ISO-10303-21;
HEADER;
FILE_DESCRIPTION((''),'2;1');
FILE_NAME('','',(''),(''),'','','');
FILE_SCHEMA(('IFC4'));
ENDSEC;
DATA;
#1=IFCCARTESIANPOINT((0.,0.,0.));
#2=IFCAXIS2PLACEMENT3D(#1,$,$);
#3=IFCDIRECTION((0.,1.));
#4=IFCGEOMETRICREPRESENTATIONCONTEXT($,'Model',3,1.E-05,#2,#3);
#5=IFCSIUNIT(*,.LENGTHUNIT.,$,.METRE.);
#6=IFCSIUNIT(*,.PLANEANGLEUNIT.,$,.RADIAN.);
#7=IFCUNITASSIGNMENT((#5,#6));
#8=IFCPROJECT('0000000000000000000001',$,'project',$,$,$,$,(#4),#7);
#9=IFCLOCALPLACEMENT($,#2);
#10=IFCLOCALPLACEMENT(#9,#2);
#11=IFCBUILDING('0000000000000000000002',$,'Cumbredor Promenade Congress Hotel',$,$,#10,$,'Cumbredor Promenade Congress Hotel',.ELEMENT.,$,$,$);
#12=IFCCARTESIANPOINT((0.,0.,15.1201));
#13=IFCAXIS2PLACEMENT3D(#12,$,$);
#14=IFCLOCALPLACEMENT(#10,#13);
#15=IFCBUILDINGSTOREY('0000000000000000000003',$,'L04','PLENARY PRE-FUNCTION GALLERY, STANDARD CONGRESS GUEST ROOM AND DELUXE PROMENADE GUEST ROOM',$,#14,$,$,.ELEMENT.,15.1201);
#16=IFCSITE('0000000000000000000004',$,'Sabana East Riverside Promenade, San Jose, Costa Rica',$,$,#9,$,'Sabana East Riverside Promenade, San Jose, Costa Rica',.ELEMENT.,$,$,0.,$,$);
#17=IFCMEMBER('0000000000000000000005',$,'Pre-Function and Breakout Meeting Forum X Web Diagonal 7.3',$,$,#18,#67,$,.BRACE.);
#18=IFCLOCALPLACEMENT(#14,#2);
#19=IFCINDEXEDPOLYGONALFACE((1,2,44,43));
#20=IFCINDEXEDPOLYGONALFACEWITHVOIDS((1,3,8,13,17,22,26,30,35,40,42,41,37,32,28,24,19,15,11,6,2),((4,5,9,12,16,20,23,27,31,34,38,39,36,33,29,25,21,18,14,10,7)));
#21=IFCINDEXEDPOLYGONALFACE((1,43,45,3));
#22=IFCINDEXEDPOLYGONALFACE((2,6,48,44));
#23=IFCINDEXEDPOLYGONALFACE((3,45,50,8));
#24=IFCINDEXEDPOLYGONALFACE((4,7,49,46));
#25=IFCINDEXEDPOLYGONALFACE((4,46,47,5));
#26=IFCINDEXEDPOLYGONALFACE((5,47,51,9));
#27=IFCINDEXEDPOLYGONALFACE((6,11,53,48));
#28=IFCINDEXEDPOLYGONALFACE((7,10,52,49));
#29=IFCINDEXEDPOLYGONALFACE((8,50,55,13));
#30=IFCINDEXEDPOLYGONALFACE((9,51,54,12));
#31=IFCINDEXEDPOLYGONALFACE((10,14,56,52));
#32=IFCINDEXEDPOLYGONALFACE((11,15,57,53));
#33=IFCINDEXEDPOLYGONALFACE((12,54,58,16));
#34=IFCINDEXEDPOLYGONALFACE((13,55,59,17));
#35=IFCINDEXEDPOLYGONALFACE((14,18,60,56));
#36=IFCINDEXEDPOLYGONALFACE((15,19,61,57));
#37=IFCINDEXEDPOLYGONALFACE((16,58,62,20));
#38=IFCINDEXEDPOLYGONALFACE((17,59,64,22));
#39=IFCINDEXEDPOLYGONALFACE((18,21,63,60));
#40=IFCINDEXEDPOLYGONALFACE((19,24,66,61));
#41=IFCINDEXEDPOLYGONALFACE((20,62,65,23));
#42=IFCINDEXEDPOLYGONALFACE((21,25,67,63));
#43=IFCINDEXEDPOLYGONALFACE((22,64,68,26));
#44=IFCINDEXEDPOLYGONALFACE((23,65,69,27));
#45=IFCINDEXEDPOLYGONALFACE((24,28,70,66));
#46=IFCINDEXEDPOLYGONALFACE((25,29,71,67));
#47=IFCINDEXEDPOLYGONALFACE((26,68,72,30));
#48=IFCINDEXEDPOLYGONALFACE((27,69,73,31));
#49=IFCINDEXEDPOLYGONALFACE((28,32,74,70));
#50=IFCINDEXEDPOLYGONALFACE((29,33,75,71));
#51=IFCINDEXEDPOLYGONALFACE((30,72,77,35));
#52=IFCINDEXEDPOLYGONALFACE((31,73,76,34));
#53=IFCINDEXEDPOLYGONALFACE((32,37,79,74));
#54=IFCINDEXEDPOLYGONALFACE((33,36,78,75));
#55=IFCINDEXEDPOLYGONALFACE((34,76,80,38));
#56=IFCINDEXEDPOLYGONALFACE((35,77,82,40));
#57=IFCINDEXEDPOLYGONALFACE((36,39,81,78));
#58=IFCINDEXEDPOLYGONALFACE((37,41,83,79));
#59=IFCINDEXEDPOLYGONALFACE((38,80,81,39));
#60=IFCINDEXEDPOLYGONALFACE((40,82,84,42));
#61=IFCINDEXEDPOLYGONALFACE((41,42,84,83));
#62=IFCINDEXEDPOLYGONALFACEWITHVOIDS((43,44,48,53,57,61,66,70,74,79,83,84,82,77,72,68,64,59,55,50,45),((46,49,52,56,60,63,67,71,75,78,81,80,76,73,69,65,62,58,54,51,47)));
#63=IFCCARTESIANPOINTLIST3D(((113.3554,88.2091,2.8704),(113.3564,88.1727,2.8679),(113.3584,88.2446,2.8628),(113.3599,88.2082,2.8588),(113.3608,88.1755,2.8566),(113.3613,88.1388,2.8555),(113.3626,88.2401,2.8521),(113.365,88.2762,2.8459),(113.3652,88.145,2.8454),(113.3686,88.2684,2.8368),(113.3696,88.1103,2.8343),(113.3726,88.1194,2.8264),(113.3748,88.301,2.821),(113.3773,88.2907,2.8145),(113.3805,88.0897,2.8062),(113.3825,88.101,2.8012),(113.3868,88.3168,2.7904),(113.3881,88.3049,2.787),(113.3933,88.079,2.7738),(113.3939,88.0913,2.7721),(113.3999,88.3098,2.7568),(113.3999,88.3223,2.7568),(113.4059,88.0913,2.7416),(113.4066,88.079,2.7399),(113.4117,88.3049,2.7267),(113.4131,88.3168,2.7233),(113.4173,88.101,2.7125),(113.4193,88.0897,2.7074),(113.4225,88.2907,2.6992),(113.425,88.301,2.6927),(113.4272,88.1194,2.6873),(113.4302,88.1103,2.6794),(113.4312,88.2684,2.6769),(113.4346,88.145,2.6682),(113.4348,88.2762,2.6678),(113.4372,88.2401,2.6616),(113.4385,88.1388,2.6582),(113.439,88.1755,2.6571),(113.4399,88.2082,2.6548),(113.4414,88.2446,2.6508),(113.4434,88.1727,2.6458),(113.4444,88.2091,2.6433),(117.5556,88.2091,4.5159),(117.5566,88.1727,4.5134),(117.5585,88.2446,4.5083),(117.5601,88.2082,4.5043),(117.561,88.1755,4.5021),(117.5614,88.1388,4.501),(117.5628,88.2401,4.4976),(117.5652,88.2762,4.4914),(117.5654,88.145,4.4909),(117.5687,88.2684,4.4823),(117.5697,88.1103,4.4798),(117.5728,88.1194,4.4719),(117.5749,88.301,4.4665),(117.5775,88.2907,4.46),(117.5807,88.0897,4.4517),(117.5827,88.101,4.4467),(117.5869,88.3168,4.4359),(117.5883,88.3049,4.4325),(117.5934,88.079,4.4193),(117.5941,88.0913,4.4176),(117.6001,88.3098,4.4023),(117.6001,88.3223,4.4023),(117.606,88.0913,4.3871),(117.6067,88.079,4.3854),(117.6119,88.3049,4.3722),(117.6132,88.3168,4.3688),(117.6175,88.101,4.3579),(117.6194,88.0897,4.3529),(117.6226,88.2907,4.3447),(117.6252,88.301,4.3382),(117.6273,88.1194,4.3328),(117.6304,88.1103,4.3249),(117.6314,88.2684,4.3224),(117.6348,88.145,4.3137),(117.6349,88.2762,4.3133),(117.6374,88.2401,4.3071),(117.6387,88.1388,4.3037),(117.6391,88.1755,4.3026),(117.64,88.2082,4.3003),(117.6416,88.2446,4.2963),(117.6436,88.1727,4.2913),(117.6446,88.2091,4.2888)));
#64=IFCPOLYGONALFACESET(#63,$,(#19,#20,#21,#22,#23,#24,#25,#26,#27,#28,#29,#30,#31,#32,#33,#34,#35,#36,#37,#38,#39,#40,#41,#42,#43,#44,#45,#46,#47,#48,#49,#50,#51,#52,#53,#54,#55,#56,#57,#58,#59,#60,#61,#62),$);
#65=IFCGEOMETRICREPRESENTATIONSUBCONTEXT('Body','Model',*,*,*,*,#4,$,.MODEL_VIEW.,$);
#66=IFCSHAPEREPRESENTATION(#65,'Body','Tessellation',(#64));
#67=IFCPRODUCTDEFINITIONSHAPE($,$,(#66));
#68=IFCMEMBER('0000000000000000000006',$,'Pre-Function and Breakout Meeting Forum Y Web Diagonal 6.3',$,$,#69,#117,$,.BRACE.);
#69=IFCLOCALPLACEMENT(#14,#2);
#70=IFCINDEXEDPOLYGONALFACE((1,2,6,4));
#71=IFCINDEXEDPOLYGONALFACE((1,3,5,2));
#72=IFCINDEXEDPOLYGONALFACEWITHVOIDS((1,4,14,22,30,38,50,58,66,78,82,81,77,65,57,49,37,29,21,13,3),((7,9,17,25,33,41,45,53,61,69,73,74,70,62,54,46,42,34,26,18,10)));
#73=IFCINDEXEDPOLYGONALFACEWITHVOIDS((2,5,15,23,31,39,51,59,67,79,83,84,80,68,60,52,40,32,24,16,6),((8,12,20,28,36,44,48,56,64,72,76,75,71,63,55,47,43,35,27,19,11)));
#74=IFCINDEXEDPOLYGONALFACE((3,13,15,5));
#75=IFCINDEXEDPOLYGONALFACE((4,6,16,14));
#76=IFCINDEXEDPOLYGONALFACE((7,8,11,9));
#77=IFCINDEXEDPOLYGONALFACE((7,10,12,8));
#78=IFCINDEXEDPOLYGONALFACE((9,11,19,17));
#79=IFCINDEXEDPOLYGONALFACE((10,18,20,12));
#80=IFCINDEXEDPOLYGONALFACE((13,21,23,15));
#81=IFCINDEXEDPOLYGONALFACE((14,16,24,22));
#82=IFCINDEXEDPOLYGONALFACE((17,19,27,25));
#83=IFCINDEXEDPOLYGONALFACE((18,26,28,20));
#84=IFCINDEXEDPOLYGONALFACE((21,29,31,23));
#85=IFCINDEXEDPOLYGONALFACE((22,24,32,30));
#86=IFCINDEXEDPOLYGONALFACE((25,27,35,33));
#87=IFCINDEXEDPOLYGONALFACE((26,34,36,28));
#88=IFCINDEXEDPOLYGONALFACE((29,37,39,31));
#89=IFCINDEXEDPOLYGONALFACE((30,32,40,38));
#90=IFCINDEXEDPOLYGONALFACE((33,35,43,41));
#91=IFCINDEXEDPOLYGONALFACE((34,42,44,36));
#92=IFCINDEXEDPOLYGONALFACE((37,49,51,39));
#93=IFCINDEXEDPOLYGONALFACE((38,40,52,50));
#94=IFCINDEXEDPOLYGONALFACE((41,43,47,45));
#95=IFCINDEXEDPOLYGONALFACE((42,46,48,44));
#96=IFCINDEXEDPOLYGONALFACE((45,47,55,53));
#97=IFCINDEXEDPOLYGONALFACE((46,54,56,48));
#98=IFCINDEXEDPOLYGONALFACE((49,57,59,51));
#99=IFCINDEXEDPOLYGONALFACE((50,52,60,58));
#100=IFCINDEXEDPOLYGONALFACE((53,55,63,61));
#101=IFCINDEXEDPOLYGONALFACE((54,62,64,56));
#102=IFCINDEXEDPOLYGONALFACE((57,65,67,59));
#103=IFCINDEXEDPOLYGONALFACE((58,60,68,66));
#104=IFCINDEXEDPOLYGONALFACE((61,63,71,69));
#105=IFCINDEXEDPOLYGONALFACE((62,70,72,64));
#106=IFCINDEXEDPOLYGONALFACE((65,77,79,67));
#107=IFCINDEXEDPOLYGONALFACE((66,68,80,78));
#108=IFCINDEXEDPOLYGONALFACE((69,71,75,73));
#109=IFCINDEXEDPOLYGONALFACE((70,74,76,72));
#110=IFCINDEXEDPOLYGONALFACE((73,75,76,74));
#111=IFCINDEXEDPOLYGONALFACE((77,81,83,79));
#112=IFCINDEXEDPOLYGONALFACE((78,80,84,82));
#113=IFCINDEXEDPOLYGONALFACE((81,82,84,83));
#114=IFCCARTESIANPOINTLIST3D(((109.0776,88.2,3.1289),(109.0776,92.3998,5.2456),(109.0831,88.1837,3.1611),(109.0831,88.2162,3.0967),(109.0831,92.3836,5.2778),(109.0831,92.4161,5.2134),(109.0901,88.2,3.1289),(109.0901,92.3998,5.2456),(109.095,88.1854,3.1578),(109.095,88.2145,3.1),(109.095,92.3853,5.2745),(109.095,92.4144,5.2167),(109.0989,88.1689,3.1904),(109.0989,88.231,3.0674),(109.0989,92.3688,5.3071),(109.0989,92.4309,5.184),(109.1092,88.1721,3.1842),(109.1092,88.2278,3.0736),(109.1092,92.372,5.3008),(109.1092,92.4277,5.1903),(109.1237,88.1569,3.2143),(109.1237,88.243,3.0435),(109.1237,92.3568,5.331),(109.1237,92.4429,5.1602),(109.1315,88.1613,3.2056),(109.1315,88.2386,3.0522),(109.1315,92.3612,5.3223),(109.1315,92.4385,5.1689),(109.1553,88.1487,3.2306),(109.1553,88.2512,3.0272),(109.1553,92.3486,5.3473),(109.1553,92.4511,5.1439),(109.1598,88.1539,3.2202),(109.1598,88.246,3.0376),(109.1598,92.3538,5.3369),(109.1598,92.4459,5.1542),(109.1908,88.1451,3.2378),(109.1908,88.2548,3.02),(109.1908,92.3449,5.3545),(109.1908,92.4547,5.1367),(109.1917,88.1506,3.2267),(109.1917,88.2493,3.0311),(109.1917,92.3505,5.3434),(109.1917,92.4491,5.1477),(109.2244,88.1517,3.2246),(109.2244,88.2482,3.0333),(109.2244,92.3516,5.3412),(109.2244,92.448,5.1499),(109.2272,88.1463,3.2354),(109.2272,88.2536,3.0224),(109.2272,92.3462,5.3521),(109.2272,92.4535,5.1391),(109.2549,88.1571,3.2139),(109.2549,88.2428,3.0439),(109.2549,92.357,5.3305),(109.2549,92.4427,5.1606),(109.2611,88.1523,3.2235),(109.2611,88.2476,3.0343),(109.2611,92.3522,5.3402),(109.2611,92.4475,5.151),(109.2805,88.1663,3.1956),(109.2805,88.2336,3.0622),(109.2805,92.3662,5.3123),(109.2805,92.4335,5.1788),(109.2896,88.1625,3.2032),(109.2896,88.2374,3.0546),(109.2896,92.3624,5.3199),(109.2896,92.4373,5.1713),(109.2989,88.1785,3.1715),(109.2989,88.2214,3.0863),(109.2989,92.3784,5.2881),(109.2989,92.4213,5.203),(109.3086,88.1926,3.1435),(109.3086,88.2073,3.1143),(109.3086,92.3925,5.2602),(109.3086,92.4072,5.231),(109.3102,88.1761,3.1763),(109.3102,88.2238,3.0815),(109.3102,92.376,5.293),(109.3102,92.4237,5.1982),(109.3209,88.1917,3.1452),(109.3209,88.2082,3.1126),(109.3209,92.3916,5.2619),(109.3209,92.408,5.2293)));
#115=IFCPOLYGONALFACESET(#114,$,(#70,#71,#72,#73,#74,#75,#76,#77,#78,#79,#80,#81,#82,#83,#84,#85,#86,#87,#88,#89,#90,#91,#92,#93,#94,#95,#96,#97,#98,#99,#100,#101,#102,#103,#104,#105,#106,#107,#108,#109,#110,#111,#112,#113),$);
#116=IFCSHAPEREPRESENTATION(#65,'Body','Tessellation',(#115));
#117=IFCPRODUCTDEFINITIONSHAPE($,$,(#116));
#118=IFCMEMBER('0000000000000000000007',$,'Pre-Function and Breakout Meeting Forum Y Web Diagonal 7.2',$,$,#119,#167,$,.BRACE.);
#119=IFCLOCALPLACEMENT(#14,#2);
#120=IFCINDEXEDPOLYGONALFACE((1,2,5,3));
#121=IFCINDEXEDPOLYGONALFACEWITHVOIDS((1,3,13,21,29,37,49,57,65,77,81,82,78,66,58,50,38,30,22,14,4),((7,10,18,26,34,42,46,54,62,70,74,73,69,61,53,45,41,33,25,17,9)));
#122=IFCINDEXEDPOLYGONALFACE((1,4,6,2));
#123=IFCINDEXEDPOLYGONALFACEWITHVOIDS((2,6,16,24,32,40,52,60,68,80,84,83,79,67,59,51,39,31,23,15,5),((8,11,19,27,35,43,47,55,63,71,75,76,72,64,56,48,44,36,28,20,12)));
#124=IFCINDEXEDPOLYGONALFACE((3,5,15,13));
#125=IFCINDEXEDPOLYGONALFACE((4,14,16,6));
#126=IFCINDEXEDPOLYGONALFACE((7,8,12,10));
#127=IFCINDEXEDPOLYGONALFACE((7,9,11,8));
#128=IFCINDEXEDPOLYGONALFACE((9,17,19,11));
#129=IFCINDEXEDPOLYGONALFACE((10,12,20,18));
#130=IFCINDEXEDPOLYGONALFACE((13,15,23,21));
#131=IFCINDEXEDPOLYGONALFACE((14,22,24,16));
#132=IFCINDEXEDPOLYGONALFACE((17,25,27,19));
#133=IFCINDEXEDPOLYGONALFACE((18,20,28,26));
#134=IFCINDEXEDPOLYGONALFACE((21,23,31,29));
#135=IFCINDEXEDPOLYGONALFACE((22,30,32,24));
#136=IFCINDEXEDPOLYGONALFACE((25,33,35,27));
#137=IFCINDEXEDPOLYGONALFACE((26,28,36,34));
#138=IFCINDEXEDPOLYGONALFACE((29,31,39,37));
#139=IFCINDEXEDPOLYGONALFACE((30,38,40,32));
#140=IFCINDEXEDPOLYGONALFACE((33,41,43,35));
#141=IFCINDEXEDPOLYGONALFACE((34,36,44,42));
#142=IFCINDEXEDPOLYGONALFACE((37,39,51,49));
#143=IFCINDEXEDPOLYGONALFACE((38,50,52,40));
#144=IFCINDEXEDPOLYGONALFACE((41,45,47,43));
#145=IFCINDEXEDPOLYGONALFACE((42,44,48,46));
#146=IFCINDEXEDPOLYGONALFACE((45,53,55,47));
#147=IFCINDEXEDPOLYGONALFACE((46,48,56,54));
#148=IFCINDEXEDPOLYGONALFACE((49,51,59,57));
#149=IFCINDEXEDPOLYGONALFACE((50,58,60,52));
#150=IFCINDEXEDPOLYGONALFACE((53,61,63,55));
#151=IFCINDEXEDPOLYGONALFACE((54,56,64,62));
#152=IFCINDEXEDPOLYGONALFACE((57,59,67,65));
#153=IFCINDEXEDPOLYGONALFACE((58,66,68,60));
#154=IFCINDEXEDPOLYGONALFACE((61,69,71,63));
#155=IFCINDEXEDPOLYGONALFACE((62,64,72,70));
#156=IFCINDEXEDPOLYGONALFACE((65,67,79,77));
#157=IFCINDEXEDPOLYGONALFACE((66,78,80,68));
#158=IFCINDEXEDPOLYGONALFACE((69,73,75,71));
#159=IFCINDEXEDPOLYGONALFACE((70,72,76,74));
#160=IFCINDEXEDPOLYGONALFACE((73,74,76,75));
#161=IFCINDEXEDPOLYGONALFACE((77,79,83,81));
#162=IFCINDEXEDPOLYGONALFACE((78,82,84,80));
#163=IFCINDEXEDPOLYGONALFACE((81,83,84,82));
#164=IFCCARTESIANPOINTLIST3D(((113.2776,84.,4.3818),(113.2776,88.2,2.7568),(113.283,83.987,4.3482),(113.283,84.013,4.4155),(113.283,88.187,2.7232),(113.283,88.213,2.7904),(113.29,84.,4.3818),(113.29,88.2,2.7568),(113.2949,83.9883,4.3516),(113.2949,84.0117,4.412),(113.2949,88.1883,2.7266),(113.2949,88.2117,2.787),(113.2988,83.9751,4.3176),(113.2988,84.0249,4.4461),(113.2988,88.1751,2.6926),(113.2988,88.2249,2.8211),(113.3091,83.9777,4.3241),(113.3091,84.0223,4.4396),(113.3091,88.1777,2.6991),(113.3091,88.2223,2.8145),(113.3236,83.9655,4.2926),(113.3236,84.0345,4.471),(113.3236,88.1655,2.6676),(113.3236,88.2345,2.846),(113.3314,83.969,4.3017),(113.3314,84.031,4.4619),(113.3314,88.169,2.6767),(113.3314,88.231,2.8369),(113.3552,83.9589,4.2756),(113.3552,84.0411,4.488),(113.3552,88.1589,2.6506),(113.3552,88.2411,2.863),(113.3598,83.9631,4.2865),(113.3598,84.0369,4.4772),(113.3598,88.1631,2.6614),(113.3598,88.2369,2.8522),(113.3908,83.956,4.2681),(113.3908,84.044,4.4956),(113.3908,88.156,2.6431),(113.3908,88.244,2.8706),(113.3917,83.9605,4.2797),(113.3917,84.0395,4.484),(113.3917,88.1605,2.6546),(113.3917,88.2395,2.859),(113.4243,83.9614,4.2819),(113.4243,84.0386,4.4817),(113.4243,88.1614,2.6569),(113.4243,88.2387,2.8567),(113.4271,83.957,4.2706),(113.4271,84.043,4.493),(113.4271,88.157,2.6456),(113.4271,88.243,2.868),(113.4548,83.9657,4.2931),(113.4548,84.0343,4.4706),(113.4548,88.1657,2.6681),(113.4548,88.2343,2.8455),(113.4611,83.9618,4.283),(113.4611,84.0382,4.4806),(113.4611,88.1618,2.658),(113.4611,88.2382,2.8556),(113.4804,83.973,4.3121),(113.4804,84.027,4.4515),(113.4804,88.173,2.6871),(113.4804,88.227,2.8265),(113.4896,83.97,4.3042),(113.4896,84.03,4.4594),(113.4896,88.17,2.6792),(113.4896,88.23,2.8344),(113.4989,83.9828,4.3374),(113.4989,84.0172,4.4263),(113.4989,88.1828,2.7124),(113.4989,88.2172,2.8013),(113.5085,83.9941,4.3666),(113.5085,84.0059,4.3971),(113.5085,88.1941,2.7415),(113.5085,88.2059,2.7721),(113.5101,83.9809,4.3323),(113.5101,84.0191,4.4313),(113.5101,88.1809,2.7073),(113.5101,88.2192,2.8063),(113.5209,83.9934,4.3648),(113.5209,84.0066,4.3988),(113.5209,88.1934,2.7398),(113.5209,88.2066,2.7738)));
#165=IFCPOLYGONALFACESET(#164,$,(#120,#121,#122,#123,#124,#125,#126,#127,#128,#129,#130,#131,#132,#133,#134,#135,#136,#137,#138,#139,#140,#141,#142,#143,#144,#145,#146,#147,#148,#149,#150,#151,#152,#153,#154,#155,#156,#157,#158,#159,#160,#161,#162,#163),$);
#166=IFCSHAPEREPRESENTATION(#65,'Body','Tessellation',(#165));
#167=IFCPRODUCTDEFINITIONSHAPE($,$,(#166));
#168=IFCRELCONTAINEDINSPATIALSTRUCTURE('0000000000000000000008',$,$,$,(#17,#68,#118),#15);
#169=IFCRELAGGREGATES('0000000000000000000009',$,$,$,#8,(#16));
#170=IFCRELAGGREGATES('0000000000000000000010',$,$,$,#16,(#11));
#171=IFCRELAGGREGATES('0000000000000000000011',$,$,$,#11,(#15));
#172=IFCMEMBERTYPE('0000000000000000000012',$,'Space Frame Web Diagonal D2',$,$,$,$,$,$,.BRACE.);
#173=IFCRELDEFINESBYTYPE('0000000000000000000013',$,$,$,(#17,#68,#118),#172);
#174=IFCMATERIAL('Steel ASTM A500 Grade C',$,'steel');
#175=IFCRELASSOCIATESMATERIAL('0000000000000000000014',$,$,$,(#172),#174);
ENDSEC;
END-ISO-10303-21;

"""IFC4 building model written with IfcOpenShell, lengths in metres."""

from ifc_helpers import new_model, si_unit, direction, frame, origin, origin_2d, place, context, subcontext, project, spatial, hollow_circle, extrude, material, material_profile, profile_set, type_object, element, save


model = new_model("IFC4")

# Units and contexts
model_context = context("Model", 3, precision=1e-05, world=origin(), true_north=direction((0.0, 1.0)))
body_context = subcontext(model_context, "Body", "Model", "MODEL_VIEW")
ifc_project = project(units=[si_unit("LENGTHUNIT", "METRE"), si_unit("PLANEANGLEUNIT", "RADIAN")], contexts=[model_context])

# Site, building, storey
site_placement = place(None, origin())
site = spatial("IfcSite", under=ifc_project, at=site_placement, Name="Sabana East Riverside Promenade, San Jose, Costa Rica", LongName="Sabana East Riverside Promenade, San Jose, Costa Rica", CompositionType="ELEMENT", RefElevation=0.0)
building_placement = place(site_placement, origin())
building = spatial("IfcBuilding", under=site, at=building_placement, Name="Cumbredor Promenade Congress Hotel", LongName="Cumbredor Promenade Congress Hotel", CompositionType="ELEMENT")
storey_placement = place(building_placement, frame((0.0, 0.0, 15.1201)))
storey = spatial("IfcBuildingStorey", under=building, at=storey_placement, Name="L04", Description="PLENARY PRE-FUNCTION GALLERY, STANDARD CONGRESS GUEST ROOM AND DELUXE PROMENADE GUEST ROOM", CompositionType="ELEMENT", Elevation=15.1201)

# Members
ifc_material_1 = material(Name="Steel ASTM A500 Grade C", Category="steel")
ifc_material_profile_1 = material_profile(ifc_material_1, hollow_circle(Radius=0.1223, WallThickness=0.0125, at=origin_2d()), Name="CHS 244.5x12.5")
ifc_profile_set_1 = profile_set([ifc_material_profile_1], Name="Steel ASTM A500 Grade C")
member_type_1 = type_object("IfcMemberType", Name="Space Frame Web Diagonal D2", PredefinedType="BRACE", material=ifc_profile_set_1)
member_1_placement = place(storey_placement, frame((113.3999, 88.2, 2.7568), z_axis=(0.931096, 0.0, 0.364775), x_axis=(0.0, 1.0, 0.0)))
element("IfcMember", 1, at=member_1_placement, inside=storey, type_object=member_type_1, Name="Pre-Function and Breakout Meeting Forum X Web Diagonal 7.3", PredefinedType="BRACE", context=body_context, shape_type="SweptSolid", body=[
    extrude(hollow_circle(Radius=0.1223, WallThickness=0.0125, at=origin_2d()), origin(), (0.0, 0.0, 1.0), 4.511),
])
member_2_placement = place(storey_placement, frame((109.2, 88.2, 3.1289), z_axis=(0.0, 0.893, 0.450056), x_axis=(-1.0, 0.0, 0.0)))
element("IfcMember", 2, at=member_2_placement, inside=storey, type_object=member_type_1, Name="Pre-Function and Breakout Meeting Forum Y Web Diagonal 6.3", PredefinedType="BRACE", context=body_context, shape_type="SweptSolid", body=[
    extrude(hollow_circle(Radius=0.1223, WallThickness=0.0125, at=origin_2d()), origin(), (0.0, 0.0, 1.0), 4.7031),
])
member_3_placement = place(storey_placement, frame((113.3999, 84.0, 4.3818), z_axis=(0.0, 0.932627, -0.360842), x_axis=(-1.0, 0.0, 0.0)))
element("IfcMember", 3, at=member_3_placement, inside=storey, type_object=member_type_1, Name="Pre-Function and Breakout Meeting Forum Y Web Diagonal 7.2", PredefinedType="BRACE", context=body_context, shape_type="SweptSolid", body=[
    extrude(hollow_circle(Radius=0.1223, WallThickness=0.0125, at=origin_2d()), origin(), (0.0, 0.0, 1.0), 4.5034),
])

save(model, "model.ifc")
